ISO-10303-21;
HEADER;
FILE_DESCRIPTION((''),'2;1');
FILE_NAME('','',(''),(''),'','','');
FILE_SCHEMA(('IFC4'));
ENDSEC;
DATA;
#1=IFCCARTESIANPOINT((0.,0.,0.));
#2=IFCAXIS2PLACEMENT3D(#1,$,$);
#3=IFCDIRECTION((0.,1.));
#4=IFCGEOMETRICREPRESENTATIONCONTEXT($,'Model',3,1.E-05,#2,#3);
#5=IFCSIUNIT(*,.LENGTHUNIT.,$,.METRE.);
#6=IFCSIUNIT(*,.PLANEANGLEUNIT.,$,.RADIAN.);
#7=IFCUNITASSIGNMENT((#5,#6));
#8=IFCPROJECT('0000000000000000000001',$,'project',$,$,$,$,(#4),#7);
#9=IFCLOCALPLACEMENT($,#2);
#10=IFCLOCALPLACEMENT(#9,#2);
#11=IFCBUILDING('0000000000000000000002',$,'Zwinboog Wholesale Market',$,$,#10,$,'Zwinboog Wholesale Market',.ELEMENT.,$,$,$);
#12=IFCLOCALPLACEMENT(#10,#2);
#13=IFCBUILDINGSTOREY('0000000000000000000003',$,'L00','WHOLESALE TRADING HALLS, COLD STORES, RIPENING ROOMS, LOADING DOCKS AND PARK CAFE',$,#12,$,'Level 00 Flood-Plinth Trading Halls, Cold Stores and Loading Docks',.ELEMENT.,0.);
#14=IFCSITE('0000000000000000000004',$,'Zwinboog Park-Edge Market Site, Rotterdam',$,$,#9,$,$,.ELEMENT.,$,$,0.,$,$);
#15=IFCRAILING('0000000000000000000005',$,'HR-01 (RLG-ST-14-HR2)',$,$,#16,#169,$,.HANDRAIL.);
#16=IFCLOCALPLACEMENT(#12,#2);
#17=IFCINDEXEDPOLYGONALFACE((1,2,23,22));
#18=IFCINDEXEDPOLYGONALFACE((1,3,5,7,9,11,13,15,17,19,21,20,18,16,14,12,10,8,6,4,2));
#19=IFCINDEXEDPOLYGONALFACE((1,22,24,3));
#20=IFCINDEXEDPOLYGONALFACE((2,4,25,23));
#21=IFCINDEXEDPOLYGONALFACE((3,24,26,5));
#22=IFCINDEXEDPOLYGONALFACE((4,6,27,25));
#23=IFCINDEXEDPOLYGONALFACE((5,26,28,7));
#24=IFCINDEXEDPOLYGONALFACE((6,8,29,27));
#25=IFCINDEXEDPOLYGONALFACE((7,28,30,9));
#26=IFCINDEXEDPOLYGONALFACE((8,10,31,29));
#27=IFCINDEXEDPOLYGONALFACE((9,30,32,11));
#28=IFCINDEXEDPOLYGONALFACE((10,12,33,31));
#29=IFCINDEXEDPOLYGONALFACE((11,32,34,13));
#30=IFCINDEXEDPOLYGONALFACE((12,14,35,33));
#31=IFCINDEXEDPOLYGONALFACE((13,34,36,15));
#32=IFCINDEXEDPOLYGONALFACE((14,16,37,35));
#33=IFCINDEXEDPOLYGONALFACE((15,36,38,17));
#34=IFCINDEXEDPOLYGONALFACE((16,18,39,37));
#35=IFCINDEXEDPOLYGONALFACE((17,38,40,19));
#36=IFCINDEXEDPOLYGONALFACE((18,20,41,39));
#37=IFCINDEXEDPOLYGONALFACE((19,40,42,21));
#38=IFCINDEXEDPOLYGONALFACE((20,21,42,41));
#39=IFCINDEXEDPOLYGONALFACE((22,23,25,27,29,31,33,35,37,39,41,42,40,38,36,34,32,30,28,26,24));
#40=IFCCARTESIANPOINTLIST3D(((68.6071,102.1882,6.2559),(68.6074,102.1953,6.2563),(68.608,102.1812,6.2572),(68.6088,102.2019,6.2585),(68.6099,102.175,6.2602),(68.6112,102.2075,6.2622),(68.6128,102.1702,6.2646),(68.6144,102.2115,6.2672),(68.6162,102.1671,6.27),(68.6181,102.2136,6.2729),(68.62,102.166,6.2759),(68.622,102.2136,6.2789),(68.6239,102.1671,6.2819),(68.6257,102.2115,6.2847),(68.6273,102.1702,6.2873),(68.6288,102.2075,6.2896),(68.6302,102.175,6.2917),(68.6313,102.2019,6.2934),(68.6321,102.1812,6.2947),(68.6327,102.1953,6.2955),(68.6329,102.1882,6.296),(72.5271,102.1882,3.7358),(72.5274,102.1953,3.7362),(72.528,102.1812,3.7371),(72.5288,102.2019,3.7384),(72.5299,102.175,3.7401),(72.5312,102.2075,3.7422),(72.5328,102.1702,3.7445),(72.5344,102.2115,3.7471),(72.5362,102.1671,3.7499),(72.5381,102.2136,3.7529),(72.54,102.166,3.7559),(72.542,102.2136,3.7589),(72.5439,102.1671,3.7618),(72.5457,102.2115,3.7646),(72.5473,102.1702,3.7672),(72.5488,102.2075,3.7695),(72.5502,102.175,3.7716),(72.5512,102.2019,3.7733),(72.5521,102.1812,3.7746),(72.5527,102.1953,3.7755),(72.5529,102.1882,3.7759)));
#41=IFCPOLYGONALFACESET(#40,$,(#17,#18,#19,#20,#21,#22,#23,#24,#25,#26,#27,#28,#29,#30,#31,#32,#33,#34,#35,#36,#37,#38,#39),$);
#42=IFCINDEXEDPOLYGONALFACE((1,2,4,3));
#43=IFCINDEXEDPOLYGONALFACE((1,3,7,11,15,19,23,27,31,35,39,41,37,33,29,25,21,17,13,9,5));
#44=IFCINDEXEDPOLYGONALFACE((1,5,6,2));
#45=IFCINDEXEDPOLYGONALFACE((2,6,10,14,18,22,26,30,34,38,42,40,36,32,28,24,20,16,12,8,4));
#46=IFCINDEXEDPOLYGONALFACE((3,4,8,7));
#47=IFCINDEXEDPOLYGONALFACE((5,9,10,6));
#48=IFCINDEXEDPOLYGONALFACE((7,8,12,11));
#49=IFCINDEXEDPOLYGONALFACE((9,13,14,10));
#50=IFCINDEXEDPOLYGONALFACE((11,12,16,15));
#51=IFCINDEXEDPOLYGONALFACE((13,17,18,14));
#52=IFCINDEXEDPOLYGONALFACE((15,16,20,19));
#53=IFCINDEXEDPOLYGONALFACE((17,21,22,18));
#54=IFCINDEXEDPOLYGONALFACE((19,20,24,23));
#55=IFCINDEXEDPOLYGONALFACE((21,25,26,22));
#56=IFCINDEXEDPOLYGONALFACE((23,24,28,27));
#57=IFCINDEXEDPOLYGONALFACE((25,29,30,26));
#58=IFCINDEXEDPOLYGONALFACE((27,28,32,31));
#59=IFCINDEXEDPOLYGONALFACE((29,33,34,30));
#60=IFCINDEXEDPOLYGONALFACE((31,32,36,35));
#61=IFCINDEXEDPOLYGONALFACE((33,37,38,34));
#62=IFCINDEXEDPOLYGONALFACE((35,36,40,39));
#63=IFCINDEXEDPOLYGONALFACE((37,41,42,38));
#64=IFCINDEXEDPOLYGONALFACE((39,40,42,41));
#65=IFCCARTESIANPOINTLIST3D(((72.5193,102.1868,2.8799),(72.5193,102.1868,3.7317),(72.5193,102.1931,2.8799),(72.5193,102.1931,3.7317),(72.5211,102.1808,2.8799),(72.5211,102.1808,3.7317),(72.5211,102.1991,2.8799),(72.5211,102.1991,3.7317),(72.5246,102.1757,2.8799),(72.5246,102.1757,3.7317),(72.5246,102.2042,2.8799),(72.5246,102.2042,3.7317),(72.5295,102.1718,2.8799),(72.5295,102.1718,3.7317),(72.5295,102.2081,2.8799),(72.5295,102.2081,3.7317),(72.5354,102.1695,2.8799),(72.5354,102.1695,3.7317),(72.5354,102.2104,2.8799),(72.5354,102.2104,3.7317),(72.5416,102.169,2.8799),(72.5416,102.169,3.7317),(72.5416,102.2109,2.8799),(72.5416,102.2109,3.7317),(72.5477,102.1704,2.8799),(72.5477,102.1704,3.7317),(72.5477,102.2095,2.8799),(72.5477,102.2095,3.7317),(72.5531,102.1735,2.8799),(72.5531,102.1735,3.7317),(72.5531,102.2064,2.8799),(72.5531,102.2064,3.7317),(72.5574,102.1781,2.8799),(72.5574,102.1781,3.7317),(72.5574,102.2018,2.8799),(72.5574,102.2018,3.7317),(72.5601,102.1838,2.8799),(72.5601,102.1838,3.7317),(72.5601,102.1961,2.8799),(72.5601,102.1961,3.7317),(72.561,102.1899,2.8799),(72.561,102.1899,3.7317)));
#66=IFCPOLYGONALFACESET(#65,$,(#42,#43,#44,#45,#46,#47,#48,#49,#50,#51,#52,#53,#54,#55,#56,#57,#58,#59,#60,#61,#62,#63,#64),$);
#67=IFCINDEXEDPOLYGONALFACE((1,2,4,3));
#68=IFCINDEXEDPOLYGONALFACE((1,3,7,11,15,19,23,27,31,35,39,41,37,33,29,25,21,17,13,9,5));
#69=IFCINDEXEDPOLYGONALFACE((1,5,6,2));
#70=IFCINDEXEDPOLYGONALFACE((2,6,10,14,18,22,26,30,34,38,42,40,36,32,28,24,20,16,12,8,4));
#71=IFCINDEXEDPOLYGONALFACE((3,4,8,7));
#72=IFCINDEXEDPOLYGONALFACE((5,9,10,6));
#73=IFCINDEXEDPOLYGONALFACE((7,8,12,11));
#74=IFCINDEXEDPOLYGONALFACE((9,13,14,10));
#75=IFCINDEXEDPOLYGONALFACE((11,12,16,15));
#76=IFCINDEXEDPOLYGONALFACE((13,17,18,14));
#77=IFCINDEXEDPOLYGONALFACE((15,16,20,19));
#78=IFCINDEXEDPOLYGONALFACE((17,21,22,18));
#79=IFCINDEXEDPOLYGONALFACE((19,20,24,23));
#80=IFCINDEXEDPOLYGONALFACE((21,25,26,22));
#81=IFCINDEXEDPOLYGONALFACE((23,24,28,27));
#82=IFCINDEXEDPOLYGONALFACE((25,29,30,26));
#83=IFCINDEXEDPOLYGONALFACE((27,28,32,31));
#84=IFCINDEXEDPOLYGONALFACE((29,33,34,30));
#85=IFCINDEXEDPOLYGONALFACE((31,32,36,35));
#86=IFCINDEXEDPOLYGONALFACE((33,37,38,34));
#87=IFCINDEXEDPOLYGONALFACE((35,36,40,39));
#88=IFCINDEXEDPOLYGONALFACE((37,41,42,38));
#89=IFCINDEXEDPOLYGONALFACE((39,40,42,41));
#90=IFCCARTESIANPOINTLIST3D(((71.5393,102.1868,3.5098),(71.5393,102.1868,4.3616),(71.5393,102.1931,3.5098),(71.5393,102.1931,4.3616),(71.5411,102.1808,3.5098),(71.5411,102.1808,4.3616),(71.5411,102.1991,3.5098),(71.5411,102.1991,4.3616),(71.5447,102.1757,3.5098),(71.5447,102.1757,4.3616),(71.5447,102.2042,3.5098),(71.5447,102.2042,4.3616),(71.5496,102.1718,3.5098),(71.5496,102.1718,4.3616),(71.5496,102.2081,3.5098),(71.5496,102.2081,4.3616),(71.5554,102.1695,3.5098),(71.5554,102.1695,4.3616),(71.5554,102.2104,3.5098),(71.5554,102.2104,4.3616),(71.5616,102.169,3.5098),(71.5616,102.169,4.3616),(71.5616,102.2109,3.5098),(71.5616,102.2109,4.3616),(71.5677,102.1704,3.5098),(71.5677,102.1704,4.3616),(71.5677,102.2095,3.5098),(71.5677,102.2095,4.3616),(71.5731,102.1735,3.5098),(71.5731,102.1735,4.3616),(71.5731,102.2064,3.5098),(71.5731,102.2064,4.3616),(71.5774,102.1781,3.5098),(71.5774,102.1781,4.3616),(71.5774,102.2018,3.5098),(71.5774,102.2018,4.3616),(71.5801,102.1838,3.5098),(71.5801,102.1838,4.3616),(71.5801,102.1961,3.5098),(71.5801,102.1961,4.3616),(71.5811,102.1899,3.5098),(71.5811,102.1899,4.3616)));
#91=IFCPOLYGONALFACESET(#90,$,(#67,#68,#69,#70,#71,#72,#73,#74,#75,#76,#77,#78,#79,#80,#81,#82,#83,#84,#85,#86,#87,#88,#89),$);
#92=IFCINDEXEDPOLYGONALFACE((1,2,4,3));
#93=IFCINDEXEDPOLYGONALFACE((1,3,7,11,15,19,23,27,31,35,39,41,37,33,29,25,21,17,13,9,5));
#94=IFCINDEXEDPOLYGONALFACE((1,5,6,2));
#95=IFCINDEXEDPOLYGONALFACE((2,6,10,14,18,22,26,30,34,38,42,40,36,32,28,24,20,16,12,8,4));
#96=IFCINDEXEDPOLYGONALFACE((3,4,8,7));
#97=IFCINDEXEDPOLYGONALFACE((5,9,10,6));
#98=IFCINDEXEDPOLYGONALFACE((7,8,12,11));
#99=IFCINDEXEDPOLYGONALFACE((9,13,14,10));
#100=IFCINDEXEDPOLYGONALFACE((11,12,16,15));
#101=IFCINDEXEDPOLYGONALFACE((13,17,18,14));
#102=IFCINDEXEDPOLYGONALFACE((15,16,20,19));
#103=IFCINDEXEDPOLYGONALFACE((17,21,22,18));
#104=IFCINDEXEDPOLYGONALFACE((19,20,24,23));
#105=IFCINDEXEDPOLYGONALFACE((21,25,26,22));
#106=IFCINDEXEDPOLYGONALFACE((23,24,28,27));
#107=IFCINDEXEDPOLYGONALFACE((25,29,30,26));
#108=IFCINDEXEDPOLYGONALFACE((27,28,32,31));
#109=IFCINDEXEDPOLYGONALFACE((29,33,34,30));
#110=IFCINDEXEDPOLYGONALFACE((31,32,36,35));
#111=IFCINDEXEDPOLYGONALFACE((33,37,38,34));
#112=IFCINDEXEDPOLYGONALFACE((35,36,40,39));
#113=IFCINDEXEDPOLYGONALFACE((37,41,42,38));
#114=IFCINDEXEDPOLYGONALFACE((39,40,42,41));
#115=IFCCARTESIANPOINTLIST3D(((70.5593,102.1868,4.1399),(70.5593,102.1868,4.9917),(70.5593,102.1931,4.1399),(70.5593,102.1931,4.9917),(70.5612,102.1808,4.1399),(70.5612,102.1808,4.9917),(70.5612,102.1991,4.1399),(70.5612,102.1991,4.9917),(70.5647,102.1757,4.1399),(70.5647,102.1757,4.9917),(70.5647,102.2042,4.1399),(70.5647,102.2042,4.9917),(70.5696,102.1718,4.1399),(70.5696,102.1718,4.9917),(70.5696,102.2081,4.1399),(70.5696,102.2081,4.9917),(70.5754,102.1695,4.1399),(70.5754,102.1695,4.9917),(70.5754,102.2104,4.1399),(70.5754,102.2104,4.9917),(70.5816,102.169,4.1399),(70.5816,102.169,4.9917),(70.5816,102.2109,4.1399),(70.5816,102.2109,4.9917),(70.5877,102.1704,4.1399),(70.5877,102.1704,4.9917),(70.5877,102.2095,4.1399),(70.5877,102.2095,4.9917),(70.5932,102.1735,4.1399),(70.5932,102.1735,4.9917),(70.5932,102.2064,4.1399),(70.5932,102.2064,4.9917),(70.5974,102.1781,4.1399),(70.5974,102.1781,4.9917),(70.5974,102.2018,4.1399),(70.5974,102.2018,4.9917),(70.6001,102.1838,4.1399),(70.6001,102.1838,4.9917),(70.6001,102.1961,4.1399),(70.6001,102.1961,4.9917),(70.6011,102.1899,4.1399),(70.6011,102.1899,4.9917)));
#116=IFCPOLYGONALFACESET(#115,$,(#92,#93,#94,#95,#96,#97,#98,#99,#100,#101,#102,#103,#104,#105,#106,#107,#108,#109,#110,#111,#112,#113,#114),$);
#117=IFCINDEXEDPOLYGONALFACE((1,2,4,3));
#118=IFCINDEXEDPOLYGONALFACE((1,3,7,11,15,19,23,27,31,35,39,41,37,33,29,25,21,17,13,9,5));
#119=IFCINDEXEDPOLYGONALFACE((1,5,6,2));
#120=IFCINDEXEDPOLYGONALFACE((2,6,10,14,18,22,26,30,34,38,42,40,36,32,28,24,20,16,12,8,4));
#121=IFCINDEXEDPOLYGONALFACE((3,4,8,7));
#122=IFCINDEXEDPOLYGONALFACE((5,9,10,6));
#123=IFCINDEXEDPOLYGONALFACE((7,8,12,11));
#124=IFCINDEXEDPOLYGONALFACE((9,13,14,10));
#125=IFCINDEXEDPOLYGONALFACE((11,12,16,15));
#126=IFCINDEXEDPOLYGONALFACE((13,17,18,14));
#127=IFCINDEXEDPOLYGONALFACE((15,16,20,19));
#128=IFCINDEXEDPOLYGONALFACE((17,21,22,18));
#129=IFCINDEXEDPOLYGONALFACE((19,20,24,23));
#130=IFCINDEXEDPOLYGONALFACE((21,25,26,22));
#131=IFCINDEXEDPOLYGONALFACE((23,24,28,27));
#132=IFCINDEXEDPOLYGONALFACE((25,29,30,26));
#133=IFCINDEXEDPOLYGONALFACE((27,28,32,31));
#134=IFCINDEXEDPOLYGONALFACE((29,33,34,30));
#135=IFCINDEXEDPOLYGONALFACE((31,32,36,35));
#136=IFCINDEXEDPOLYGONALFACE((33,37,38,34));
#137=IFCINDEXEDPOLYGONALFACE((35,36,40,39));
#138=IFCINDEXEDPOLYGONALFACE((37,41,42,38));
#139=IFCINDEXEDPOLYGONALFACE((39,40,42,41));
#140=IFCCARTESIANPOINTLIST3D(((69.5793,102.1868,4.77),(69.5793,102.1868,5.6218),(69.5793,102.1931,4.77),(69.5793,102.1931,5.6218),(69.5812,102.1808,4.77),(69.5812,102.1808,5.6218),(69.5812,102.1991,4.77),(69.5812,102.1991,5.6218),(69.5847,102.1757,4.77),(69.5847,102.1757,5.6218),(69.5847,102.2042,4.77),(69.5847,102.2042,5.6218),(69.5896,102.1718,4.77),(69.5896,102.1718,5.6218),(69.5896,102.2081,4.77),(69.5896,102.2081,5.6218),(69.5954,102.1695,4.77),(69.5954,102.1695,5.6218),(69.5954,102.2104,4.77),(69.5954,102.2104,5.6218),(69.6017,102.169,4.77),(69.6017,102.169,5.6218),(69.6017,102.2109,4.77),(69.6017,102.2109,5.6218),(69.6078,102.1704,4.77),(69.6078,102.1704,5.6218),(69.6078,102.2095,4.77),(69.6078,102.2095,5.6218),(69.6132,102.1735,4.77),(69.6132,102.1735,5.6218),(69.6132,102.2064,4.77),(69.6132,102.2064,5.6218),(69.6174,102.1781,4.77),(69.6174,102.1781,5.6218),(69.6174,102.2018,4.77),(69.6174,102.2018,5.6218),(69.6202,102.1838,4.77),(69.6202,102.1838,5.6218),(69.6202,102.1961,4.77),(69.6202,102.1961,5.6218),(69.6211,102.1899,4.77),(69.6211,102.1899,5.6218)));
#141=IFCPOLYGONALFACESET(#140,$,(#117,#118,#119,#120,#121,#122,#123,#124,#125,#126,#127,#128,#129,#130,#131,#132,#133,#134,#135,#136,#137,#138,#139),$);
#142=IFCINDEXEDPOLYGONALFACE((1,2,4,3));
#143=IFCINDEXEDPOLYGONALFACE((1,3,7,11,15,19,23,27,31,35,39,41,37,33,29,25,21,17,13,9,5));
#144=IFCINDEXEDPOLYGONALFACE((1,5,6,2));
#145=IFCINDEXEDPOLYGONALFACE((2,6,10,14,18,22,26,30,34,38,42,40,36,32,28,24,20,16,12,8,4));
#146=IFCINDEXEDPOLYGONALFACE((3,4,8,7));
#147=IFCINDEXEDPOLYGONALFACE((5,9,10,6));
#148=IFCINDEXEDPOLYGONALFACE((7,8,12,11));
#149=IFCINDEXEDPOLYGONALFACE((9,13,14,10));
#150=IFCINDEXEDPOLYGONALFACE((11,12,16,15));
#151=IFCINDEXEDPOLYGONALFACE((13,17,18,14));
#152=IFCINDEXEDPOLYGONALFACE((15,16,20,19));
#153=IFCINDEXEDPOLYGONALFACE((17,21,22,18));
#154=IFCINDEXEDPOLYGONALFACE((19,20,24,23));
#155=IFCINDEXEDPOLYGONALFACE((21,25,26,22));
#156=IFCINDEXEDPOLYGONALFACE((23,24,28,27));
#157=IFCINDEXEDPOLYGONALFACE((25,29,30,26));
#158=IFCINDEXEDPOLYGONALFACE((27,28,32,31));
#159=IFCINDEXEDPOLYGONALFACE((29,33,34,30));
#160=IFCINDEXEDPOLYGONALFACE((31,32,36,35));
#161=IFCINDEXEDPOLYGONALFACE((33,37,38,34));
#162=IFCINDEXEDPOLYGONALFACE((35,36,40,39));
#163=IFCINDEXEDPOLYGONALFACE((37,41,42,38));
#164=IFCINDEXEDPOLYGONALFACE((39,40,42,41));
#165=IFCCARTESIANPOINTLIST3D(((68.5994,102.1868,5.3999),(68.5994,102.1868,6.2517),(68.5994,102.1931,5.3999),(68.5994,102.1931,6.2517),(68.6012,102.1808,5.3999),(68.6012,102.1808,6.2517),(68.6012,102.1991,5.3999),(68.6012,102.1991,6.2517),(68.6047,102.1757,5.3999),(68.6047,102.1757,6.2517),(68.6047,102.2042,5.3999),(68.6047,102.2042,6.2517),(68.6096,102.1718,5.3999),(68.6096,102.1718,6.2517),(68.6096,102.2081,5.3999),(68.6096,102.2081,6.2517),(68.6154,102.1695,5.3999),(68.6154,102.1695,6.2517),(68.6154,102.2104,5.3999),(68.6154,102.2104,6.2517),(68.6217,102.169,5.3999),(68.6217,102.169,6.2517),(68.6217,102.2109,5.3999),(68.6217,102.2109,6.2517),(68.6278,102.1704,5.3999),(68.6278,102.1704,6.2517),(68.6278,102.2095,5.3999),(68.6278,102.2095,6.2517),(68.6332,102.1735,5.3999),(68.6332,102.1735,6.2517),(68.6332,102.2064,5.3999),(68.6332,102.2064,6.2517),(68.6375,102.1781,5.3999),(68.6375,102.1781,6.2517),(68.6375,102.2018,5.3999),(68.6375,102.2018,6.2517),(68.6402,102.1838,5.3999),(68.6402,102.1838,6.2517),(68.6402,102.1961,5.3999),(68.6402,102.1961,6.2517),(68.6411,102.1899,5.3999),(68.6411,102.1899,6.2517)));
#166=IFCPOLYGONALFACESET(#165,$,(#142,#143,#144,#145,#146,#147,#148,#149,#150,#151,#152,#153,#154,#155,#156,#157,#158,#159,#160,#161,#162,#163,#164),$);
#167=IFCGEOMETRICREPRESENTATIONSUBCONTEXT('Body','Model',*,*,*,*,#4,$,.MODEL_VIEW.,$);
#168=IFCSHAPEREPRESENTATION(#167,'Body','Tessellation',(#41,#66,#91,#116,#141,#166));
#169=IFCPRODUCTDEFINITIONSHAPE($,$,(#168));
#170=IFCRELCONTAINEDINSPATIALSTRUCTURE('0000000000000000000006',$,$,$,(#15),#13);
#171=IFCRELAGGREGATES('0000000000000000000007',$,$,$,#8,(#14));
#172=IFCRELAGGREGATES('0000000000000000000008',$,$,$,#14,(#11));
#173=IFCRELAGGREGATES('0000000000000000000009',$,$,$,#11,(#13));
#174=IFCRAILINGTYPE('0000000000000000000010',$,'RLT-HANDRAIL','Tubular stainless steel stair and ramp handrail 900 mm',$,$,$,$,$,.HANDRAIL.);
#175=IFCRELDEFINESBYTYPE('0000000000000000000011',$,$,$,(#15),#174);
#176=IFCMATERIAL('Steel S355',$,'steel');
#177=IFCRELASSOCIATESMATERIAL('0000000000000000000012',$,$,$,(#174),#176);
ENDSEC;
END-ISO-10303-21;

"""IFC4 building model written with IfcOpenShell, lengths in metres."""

from ifc_helpers import new_model, si_unit, direction, frame, origin, origin_2d, place, context, subcontext, project, spatial, circle, extrude, material, type_object, element, save


model = new_model("IFC4")

# Units and contexts
model_context = context("Model", 3, precision=1e-05, world=origin(), true_north=direction((0.0, 1.0)))
body_context = subcontext(model_context, "Body", "Model", "MODEL_VIEW")
ifc_project = project(units=[si_unit("LENGTHUNIT", "METRE"), si_unit("PLANEANGLEUNIT", "RADIAN")], contexts=[model_context])

# Site, building, storey
site_placement = place(None, origin())
site = spatial("IfcSite", under=ifc_project, at=site_placement, Name="Zwinboog Park-Edge Market Site, Rotterdam", CompositionType="ELEMENT", RefElevation=0.0)
building_placement = place(site_placement, origin())
building = spatial("IfcBuilding", under=site, at=building_placement, Name="Zwinboog Wholesale Market", LongName="Zwinboog Wholesale Market", CompositionType="ELEMENT")
storey_placement = place(building_placement, origin())
storey = spatial("IfcBuildingStorey", under=building, at=storey_placement, Name="L00", Description="WHOLESALE TRADING HALLS, COLD STORES, RIPENING ROOMS, LOADING DOCKS AND PARK CAFE", LongName="Level 00 Flood-Plinth Trading Halls, Cold Stores and Loading Docks", CompositionType="ELEMENT", Elevation=0.0)

# Railing
ifc_material_1 = material(Name="Steel S355", Category="steel")
railing_type_1 = type_object("IfcRailingType", Name="RLT-HANDRAIL", Description="Tubular stainless steel stair and ramp handrail 900 mm", PredefinedType="HANDRAIL", material=ifc_material_1)
railing_1_placement = place(storey_placement, frame((72.54, 102.1899, 2.8799)))
element("IfcRailing", 1, at=railing_1_placement, inside=storey, type_object=railing_type_1, Name="HR-01 (RLG-ST-14-HR2)", PredefinedType="HANDRAIL", context=body_context, shape_type="SweptSolid", body=[
    extrude(circle(Radius=0.0239, at=origin_2d()), frame((0.0, 0.0, 0.876), z_axis=(-0.841172, 0.0, 0.540768), x_axis=(0.0, -1.0, 0.0)), (0.0, 0.0, 1.0), 4.6602),
    extrude(circle(Radius=0.021, at=origin_2d()), origin(), (0.0, 0.0, 1.0), 0.8518),
    extrude(circle(Radius=0.021, at=origin_2d()), frame((-0.98, 0.0, 0.6299)), (0.0, 0.0, 1.0), 0.8518),
    extrude(circle(Radius=0.021, at=origin_2d()), frame((-1.96, 0.0, 1.26)), (0.0, 0.0, 1.0), 0.8518),
    extrude(circle(Radius=0.021, at=origin_2d()), frame((-2.9399, 0.0, 1.8901)), (0.0, 0.0, 1.0), 0.8518),
    extrude(circle(Radius=0.021, at=origin_2d()), frame((-3.9199, 0.0, 2.52)), (0.0, 0.0, 1.0), 0.8518),
])

save(model, "model.ifc")
